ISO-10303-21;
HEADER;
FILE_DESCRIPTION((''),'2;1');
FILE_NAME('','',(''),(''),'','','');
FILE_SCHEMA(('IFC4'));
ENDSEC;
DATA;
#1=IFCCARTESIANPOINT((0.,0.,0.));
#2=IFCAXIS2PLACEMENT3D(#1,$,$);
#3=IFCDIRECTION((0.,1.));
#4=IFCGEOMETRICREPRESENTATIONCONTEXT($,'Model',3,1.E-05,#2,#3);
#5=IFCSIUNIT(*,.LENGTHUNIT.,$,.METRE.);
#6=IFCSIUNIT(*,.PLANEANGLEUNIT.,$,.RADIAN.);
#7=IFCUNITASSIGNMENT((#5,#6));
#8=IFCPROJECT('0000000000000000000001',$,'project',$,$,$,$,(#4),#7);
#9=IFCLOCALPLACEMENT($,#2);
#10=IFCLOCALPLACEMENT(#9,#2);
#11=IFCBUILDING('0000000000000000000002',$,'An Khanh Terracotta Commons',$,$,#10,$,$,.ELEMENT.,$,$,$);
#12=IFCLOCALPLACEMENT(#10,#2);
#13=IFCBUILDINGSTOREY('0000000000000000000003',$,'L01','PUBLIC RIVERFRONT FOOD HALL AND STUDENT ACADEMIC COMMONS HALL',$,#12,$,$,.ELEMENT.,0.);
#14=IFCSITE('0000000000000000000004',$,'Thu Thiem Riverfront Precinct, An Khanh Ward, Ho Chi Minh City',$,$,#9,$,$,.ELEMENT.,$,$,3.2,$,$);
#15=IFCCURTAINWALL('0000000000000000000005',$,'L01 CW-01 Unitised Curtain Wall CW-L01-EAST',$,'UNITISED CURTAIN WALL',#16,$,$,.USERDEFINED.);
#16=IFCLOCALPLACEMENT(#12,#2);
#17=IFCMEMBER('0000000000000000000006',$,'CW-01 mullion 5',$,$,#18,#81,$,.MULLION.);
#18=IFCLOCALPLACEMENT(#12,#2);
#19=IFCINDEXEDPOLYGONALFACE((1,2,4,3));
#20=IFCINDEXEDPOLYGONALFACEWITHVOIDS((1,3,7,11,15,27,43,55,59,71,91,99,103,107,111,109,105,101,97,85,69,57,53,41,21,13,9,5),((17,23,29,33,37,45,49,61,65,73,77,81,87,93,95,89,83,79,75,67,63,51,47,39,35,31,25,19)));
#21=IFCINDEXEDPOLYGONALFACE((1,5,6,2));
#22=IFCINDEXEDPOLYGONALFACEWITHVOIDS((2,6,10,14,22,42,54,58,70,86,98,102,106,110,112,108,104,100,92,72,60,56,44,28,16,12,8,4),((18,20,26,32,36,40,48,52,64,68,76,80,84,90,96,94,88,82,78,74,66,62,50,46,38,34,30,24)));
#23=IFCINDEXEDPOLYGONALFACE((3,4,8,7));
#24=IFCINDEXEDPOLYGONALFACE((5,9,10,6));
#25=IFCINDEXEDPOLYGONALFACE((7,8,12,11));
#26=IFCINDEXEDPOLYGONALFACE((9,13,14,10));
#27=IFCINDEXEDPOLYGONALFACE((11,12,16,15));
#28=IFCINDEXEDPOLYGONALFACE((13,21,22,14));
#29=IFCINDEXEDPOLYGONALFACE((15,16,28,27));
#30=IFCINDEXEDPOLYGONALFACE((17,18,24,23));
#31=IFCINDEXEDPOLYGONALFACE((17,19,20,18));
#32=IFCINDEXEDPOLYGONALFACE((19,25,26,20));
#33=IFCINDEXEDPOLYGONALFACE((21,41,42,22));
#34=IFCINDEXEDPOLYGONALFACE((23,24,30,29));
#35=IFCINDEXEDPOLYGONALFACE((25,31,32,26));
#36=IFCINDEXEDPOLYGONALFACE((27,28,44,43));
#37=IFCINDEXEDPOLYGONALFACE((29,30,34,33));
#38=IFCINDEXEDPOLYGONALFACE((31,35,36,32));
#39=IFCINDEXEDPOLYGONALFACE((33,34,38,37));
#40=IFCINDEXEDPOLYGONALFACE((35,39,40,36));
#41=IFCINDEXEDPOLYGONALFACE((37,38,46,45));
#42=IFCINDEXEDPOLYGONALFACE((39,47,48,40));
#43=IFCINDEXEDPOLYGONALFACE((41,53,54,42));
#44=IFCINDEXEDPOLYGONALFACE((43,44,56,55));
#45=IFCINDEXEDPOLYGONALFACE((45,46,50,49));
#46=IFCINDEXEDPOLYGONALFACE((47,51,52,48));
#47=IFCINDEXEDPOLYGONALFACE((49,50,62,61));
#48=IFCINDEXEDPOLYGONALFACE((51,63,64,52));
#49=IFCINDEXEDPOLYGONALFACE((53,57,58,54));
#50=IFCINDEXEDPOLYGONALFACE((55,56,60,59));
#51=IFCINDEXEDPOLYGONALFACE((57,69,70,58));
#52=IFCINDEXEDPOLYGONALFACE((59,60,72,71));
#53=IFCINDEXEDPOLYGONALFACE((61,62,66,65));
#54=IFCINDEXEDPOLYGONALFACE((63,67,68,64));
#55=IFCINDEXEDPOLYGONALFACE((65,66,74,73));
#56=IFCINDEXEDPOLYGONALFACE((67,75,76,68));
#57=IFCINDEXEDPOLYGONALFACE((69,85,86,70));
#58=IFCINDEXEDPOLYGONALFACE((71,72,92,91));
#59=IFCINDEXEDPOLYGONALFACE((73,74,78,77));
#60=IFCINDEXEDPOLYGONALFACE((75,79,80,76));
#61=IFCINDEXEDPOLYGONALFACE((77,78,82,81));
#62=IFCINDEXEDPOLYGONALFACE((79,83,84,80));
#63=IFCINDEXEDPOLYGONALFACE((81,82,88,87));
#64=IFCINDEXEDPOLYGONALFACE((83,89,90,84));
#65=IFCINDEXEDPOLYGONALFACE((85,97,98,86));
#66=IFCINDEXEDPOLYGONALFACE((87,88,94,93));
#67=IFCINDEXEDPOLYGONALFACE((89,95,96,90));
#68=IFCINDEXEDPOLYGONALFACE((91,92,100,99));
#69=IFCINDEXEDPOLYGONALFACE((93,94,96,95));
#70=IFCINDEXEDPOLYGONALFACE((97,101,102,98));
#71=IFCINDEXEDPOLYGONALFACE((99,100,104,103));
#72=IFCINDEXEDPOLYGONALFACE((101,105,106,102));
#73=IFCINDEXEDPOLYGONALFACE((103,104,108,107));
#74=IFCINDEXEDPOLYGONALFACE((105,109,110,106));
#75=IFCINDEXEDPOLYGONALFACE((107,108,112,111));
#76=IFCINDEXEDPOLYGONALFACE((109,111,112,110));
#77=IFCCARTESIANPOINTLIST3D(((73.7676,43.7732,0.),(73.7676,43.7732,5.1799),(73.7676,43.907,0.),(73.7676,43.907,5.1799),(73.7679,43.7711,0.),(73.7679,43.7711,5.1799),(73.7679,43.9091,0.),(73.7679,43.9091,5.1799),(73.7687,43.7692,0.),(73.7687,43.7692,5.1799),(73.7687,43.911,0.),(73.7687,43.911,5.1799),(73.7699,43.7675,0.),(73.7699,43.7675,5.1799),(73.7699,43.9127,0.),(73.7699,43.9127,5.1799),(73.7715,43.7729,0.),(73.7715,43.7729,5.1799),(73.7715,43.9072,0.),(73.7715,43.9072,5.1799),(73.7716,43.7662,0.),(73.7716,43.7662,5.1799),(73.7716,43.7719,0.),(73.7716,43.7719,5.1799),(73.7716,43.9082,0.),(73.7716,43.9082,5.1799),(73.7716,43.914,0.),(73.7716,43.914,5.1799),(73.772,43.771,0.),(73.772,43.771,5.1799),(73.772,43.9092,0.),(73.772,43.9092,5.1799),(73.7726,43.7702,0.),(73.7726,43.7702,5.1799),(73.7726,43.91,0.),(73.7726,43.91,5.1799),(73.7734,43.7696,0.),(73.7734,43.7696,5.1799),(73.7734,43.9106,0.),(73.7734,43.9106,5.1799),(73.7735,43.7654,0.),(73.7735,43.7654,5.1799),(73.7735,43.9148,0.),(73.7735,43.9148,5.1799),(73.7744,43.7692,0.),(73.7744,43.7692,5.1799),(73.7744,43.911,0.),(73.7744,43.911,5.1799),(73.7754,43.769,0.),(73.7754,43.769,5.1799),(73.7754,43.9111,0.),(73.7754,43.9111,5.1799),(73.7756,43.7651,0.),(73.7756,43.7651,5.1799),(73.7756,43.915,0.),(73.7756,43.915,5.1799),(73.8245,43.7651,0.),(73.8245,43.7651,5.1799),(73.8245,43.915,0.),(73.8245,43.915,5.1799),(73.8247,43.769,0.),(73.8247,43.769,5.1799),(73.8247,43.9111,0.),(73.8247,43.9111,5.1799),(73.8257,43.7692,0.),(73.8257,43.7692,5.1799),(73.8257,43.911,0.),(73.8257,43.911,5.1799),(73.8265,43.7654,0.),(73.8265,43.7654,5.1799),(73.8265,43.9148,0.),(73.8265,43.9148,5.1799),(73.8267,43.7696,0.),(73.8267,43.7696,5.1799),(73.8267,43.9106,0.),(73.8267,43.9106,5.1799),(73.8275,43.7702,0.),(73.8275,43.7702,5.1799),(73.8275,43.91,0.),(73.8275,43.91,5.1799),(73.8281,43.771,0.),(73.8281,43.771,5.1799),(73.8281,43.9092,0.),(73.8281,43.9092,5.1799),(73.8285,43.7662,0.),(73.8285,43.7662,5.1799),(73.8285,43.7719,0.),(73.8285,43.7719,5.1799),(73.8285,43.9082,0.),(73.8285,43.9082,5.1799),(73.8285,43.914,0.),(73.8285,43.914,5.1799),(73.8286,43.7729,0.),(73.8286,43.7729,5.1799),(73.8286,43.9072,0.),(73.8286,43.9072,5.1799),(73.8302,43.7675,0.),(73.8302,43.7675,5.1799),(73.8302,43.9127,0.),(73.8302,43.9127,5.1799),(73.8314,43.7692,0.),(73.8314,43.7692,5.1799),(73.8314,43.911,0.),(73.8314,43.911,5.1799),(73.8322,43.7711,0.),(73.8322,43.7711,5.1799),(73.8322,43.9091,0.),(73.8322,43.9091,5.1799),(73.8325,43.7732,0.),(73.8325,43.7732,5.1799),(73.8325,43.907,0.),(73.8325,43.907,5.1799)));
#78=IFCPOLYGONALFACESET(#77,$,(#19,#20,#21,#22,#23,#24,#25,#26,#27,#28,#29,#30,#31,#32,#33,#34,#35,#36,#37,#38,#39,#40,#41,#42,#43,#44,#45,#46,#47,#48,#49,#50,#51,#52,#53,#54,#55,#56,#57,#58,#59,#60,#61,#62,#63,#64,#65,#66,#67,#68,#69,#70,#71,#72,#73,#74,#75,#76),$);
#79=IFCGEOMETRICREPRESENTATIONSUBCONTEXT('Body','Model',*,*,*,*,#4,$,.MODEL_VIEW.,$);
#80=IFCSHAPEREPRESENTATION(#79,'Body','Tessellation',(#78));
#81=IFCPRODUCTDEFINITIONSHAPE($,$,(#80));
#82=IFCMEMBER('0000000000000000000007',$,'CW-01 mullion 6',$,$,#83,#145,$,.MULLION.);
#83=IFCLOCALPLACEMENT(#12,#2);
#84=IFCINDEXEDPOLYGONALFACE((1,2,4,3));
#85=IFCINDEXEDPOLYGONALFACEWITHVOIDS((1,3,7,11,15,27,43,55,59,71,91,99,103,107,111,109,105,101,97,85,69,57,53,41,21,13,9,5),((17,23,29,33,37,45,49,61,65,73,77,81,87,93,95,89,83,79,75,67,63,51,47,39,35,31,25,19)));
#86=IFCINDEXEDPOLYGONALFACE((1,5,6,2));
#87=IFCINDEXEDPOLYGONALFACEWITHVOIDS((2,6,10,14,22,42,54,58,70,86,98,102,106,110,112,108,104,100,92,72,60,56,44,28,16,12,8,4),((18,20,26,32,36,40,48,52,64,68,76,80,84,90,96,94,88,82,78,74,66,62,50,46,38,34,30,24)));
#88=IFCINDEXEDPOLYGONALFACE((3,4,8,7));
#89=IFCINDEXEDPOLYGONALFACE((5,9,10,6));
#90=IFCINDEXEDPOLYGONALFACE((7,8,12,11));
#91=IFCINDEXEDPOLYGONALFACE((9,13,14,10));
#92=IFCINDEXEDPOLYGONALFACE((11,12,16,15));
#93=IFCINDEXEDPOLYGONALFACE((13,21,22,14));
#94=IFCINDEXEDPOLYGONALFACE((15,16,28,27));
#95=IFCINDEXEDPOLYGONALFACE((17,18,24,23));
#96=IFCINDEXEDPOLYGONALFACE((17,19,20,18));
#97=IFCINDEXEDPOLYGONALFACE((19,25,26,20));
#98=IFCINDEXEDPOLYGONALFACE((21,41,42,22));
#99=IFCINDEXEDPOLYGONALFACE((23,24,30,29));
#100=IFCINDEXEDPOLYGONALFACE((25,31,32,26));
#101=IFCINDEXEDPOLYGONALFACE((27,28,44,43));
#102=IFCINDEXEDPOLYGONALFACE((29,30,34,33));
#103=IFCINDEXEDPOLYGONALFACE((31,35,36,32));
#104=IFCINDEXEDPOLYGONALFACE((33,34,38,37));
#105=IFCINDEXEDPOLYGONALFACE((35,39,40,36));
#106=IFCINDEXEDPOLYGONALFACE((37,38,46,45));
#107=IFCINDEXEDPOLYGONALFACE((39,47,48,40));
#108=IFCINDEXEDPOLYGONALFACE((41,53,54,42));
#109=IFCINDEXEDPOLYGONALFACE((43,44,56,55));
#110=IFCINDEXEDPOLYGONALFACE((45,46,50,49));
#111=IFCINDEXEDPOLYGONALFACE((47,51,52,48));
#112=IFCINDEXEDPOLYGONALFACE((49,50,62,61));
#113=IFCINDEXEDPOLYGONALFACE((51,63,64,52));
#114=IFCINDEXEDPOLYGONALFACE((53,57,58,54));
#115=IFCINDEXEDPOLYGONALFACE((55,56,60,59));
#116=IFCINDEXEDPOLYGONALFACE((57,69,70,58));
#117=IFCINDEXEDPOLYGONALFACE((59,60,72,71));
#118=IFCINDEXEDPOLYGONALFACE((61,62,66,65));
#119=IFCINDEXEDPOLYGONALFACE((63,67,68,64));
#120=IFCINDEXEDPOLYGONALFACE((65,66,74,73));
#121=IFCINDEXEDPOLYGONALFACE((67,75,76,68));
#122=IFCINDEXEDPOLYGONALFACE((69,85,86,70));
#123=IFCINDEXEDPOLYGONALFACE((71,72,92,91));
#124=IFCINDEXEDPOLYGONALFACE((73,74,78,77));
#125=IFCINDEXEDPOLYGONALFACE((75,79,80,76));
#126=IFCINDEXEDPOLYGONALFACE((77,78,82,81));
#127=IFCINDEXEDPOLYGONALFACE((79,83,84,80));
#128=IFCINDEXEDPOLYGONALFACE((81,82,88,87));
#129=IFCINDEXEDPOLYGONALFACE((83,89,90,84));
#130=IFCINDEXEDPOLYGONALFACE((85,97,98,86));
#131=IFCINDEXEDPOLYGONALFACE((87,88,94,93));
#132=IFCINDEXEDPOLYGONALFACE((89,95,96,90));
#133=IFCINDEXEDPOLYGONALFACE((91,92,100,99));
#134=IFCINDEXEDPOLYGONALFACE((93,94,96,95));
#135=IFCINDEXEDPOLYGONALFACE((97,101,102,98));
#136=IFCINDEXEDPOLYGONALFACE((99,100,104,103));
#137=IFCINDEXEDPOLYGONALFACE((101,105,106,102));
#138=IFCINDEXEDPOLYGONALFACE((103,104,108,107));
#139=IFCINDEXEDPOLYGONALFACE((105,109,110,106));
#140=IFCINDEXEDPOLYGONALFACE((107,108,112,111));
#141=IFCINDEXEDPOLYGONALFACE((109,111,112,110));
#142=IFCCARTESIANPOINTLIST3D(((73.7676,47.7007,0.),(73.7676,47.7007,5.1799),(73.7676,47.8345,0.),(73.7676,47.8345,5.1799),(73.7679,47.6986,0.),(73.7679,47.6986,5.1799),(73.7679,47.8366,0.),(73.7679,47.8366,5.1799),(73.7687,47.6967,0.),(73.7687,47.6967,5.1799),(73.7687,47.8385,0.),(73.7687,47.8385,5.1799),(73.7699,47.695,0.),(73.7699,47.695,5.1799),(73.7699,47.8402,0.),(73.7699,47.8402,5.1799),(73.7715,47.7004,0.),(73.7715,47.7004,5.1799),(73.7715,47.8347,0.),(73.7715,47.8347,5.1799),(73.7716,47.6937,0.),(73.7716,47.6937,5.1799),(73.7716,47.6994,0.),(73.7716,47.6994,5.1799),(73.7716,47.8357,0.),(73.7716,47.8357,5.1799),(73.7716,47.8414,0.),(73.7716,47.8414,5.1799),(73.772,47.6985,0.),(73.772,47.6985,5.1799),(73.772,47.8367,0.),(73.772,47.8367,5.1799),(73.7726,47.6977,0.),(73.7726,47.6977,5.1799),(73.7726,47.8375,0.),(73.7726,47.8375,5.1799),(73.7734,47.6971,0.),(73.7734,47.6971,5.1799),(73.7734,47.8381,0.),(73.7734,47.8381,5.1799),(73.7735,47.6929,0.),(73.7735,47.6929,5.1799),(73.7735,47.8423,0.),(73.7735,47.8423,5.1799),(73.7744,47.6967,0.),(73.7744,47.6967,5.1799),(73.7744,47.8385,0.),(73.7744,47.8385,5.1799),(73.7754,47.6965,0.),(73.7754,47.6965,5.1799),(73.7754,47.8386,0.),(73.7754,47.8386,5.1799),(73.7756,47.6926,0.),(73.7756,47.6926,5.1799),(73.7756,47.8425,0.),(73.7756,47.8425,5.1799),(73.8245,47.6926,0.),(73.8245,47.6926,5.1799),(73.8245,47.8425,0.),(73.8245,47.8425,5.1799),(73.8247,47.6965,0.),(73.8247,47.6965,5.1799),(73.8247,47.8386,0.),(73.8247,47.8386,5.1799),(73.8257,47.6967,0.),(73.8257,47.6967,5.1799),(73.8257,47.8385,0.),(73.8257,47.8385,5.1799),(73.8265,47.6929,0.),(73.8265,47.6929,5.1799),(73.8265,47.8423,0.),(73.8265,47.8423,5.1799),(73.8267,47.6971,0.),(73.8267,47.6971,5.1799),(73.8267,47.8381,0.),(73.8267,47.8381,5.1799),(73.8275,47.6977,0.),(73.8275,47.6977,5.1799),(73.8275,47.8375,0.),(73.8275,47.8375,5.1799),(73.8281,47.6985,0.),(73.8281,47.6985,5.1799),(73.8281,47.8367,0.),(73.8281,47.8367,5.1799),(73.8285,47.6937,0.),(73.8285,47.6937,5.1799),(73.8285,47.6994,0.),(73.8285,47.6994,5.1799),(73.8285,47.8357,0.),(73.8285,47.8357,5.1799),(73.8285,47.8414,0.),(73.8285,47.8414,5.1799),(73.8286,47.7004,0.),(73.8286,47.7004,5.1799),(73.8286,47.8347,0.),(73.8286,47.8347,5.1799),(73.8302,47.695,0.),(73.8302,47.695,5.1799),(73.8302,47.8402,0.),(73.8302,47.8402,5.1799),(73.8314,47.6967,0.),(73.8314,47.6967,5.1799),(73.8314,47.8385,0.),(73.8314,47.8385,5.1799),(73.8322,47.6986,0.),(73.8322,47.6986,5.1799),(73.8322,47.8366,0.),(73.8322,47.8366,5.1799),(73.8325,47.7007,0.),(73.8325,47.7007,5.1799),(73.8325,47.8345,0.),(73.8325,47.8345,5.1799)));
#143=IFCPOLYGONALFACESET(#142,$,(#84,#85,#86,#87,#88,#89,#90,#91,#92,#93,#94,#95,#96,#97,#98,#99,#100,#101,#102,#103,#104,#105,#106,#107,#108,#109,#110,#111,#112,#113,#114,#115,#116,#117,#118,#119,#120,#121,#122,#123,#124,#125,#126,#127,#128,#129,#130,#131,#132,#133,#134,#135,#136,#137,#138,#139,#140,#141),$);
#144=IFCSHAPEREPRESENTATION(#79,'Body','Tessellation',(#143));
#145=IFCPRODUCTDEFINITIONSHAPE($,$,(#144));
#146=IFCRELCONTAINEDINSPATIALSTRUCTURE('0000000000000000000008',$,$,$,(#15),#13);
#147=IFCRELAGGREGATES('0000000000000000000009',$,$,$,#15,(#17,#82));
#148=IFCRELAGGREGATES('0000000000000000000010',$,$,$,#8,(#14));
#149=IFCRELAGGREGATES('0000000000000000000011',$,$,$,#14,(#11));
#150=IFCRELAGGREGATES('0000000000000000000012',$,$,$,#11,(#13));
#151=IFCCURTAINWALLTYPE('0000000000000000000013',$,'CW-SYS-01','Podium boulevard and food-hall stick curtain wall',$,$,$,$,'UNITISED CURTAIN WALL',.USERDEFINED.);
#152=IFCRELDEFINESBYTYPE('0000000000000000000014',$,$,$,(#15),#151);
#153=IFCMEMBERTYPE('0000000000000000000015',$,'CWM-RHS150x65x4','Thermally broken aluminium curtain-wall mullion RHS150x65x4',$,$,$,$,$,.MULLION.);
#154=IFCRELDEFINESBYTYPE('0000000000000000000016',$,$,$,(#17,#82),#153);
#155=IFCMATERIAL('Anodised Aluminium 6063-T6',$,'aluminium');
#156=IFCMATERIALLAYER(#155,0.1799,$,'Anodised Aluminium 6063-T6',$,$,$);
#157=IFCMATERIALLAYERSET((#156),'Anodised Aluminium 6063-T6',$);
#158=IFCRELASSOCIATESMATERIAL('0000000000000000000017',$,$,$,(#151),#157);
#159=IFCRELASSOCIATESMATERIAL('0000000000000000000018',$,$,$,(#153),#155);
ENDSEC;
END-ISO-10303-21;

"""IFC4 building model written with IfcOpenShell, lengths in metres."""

from ifc_helpers import new_model, si_unit, direction, frame, origin, origin_2d, place, context, subcontext, project, spatial, hollow_rectangle, extrude, material, layer, layer_set, material_profile, profile_set, type_object, element, aggregate, save


model = new_model("IFC4")

# Units and contexts
model_context = context("Model", 3, precision=1e-05, world=origin(), true_north=direction((0.0, 1.0)))
body_context = subcontext(model_context, "Body", "Model", "MODEL_VIEW")
ifc_project = project(units=[si_unit("LENGTHUNIT", "METRE"), si_unit("PLANEANGLEUNIT", "RADIAN")], contexts=[model_context])

# Site, building, storey
site_placement = place(None, origin())
site = spatial("IfcSite", under=ifc_project, at=site_placement, Name="Thu Thiem Riverfront Precinct, An Khanh Ward, Ho Chi Minh City", CompositionType="ELEMENT", RefElevation=3.2)
building_placement = place(site_placement, origin())
building = spatial("IfcBuilding", under=site, at=building_placement, Name="An Khanh Terracotta Commons", CompositionType="ELEMENT")
storey_placement = place(building_placement, origin())
storey = spatial("IfcBuildingStorey", under=building, at=storey_placement, Name="L01", Description="PUBLIC RIVERFRONT FOOD HALL AND STUDENT ACADEMIC COMMONS HALL", CompositionType="ELEMENT", Elevation=0.0)

# Curtain wall, members
ifc_material_1 = material(Name="Anodised Aluminium 6063-T6", Category="aluminium")
ifc_layer_1 = layer(ifc_material_1, 0.1799, Name="Anodised Aluminium 6063-T6")
ifc_layer_set_1 = layer_set([ifc_layer_1], Name="Anodised Aluminium 6063-T6")
curtain_wall_type = type_object("IfcCurtainWallType", Name="CW-SYS-01", Description="Podium boulevard and food-hall stick curtain wall", ElementType="UNITISED CURTAIN WALL", PredefinedType="USERDEFINED", material=ifc_layer_set_1)
curtain_wall_placement = place(storey_placement, origin())
curtain_wall = element("IfcCurtainWall", 1, at=curtain_wall_placement, inside=storey, type_object=curtain_wall_type, Name="L01 CW-01 Unitised Curtain Wall CW-L01-EAST", ObjectType="UNITISED CURTAIN WALL", PredefinedType="USERDEFINED")
ifc_material_profile_1 = material_profile(ifc_material_1, hollow_rectangle(XDim=0.0649, YDim=0.1499, WallThickness=0.0039, InnerFilletRadius=0.0039, OuterFilletRadius=0.0081, at=origin_2d()), Name="RHS150x65x4")
ifc_profile_set_1 = profile_set([ifc_material_profile_1], Name="Anodised Aluminium 6063-T6")
member_type_1 = type_object("IfcMemberType", Name="CWM-RHS150x65x4", Description="Thermally broken aluminium curtain-wall mullion RHS150x65x4", PredefinedType="MULLION", material=ifc_profile_set_1)
member_1_placement = place(storey_placement, frame((73.8, 43.8401, 0.0), z_axis=(0.0, 0.0, 1.0), x_axis=(-1.0, 0.0, 0.0)))
member_1 = element("IfcMember", 2, at=member_1_placement, type_object=member_type_1, Name="CW-01 mullion 5", PredefinedType="MULLION", context=body_context, shape_type="SweptSolid", body=[
    extrude(hollow_rectangle(XDim=0.0649, YDim=0.1499, WallThickness=0.0039, InnerFilletRadius=0.0039, OuterFilletRadius=0.0081, at=origin_2d()), origin(), (0.0, 0.0, 1.0), 5.1799),
])
member_2_placement = place(storey_placement, frame((73.8, 47.7676, 0.0), z_axis=(0.0, 0.0, 1.0), x_axis=(-1.0, 0.0, 0.0)))
member_2 = element("IfcMember", 3, at=member_2_placement, type_object=member_type_1, Name="CW-01 mullion 6", PredefinedType="MULLION", context=body_context, shape_type="SweptSolid", body=[
    extrude(hollow_rectangle(XDim=0.0649, YDim=0.1499, WallThickness=0.0039, InnerFilletRadius=0.0039, OuterFilletRadius=0.0081, at=origin_2d()), origin(), (0.0, 0.0, 1.0), 5.1799),
])
aggregate(curtain_wall, [member_1, member_2])

save(model, "model.ifc")
